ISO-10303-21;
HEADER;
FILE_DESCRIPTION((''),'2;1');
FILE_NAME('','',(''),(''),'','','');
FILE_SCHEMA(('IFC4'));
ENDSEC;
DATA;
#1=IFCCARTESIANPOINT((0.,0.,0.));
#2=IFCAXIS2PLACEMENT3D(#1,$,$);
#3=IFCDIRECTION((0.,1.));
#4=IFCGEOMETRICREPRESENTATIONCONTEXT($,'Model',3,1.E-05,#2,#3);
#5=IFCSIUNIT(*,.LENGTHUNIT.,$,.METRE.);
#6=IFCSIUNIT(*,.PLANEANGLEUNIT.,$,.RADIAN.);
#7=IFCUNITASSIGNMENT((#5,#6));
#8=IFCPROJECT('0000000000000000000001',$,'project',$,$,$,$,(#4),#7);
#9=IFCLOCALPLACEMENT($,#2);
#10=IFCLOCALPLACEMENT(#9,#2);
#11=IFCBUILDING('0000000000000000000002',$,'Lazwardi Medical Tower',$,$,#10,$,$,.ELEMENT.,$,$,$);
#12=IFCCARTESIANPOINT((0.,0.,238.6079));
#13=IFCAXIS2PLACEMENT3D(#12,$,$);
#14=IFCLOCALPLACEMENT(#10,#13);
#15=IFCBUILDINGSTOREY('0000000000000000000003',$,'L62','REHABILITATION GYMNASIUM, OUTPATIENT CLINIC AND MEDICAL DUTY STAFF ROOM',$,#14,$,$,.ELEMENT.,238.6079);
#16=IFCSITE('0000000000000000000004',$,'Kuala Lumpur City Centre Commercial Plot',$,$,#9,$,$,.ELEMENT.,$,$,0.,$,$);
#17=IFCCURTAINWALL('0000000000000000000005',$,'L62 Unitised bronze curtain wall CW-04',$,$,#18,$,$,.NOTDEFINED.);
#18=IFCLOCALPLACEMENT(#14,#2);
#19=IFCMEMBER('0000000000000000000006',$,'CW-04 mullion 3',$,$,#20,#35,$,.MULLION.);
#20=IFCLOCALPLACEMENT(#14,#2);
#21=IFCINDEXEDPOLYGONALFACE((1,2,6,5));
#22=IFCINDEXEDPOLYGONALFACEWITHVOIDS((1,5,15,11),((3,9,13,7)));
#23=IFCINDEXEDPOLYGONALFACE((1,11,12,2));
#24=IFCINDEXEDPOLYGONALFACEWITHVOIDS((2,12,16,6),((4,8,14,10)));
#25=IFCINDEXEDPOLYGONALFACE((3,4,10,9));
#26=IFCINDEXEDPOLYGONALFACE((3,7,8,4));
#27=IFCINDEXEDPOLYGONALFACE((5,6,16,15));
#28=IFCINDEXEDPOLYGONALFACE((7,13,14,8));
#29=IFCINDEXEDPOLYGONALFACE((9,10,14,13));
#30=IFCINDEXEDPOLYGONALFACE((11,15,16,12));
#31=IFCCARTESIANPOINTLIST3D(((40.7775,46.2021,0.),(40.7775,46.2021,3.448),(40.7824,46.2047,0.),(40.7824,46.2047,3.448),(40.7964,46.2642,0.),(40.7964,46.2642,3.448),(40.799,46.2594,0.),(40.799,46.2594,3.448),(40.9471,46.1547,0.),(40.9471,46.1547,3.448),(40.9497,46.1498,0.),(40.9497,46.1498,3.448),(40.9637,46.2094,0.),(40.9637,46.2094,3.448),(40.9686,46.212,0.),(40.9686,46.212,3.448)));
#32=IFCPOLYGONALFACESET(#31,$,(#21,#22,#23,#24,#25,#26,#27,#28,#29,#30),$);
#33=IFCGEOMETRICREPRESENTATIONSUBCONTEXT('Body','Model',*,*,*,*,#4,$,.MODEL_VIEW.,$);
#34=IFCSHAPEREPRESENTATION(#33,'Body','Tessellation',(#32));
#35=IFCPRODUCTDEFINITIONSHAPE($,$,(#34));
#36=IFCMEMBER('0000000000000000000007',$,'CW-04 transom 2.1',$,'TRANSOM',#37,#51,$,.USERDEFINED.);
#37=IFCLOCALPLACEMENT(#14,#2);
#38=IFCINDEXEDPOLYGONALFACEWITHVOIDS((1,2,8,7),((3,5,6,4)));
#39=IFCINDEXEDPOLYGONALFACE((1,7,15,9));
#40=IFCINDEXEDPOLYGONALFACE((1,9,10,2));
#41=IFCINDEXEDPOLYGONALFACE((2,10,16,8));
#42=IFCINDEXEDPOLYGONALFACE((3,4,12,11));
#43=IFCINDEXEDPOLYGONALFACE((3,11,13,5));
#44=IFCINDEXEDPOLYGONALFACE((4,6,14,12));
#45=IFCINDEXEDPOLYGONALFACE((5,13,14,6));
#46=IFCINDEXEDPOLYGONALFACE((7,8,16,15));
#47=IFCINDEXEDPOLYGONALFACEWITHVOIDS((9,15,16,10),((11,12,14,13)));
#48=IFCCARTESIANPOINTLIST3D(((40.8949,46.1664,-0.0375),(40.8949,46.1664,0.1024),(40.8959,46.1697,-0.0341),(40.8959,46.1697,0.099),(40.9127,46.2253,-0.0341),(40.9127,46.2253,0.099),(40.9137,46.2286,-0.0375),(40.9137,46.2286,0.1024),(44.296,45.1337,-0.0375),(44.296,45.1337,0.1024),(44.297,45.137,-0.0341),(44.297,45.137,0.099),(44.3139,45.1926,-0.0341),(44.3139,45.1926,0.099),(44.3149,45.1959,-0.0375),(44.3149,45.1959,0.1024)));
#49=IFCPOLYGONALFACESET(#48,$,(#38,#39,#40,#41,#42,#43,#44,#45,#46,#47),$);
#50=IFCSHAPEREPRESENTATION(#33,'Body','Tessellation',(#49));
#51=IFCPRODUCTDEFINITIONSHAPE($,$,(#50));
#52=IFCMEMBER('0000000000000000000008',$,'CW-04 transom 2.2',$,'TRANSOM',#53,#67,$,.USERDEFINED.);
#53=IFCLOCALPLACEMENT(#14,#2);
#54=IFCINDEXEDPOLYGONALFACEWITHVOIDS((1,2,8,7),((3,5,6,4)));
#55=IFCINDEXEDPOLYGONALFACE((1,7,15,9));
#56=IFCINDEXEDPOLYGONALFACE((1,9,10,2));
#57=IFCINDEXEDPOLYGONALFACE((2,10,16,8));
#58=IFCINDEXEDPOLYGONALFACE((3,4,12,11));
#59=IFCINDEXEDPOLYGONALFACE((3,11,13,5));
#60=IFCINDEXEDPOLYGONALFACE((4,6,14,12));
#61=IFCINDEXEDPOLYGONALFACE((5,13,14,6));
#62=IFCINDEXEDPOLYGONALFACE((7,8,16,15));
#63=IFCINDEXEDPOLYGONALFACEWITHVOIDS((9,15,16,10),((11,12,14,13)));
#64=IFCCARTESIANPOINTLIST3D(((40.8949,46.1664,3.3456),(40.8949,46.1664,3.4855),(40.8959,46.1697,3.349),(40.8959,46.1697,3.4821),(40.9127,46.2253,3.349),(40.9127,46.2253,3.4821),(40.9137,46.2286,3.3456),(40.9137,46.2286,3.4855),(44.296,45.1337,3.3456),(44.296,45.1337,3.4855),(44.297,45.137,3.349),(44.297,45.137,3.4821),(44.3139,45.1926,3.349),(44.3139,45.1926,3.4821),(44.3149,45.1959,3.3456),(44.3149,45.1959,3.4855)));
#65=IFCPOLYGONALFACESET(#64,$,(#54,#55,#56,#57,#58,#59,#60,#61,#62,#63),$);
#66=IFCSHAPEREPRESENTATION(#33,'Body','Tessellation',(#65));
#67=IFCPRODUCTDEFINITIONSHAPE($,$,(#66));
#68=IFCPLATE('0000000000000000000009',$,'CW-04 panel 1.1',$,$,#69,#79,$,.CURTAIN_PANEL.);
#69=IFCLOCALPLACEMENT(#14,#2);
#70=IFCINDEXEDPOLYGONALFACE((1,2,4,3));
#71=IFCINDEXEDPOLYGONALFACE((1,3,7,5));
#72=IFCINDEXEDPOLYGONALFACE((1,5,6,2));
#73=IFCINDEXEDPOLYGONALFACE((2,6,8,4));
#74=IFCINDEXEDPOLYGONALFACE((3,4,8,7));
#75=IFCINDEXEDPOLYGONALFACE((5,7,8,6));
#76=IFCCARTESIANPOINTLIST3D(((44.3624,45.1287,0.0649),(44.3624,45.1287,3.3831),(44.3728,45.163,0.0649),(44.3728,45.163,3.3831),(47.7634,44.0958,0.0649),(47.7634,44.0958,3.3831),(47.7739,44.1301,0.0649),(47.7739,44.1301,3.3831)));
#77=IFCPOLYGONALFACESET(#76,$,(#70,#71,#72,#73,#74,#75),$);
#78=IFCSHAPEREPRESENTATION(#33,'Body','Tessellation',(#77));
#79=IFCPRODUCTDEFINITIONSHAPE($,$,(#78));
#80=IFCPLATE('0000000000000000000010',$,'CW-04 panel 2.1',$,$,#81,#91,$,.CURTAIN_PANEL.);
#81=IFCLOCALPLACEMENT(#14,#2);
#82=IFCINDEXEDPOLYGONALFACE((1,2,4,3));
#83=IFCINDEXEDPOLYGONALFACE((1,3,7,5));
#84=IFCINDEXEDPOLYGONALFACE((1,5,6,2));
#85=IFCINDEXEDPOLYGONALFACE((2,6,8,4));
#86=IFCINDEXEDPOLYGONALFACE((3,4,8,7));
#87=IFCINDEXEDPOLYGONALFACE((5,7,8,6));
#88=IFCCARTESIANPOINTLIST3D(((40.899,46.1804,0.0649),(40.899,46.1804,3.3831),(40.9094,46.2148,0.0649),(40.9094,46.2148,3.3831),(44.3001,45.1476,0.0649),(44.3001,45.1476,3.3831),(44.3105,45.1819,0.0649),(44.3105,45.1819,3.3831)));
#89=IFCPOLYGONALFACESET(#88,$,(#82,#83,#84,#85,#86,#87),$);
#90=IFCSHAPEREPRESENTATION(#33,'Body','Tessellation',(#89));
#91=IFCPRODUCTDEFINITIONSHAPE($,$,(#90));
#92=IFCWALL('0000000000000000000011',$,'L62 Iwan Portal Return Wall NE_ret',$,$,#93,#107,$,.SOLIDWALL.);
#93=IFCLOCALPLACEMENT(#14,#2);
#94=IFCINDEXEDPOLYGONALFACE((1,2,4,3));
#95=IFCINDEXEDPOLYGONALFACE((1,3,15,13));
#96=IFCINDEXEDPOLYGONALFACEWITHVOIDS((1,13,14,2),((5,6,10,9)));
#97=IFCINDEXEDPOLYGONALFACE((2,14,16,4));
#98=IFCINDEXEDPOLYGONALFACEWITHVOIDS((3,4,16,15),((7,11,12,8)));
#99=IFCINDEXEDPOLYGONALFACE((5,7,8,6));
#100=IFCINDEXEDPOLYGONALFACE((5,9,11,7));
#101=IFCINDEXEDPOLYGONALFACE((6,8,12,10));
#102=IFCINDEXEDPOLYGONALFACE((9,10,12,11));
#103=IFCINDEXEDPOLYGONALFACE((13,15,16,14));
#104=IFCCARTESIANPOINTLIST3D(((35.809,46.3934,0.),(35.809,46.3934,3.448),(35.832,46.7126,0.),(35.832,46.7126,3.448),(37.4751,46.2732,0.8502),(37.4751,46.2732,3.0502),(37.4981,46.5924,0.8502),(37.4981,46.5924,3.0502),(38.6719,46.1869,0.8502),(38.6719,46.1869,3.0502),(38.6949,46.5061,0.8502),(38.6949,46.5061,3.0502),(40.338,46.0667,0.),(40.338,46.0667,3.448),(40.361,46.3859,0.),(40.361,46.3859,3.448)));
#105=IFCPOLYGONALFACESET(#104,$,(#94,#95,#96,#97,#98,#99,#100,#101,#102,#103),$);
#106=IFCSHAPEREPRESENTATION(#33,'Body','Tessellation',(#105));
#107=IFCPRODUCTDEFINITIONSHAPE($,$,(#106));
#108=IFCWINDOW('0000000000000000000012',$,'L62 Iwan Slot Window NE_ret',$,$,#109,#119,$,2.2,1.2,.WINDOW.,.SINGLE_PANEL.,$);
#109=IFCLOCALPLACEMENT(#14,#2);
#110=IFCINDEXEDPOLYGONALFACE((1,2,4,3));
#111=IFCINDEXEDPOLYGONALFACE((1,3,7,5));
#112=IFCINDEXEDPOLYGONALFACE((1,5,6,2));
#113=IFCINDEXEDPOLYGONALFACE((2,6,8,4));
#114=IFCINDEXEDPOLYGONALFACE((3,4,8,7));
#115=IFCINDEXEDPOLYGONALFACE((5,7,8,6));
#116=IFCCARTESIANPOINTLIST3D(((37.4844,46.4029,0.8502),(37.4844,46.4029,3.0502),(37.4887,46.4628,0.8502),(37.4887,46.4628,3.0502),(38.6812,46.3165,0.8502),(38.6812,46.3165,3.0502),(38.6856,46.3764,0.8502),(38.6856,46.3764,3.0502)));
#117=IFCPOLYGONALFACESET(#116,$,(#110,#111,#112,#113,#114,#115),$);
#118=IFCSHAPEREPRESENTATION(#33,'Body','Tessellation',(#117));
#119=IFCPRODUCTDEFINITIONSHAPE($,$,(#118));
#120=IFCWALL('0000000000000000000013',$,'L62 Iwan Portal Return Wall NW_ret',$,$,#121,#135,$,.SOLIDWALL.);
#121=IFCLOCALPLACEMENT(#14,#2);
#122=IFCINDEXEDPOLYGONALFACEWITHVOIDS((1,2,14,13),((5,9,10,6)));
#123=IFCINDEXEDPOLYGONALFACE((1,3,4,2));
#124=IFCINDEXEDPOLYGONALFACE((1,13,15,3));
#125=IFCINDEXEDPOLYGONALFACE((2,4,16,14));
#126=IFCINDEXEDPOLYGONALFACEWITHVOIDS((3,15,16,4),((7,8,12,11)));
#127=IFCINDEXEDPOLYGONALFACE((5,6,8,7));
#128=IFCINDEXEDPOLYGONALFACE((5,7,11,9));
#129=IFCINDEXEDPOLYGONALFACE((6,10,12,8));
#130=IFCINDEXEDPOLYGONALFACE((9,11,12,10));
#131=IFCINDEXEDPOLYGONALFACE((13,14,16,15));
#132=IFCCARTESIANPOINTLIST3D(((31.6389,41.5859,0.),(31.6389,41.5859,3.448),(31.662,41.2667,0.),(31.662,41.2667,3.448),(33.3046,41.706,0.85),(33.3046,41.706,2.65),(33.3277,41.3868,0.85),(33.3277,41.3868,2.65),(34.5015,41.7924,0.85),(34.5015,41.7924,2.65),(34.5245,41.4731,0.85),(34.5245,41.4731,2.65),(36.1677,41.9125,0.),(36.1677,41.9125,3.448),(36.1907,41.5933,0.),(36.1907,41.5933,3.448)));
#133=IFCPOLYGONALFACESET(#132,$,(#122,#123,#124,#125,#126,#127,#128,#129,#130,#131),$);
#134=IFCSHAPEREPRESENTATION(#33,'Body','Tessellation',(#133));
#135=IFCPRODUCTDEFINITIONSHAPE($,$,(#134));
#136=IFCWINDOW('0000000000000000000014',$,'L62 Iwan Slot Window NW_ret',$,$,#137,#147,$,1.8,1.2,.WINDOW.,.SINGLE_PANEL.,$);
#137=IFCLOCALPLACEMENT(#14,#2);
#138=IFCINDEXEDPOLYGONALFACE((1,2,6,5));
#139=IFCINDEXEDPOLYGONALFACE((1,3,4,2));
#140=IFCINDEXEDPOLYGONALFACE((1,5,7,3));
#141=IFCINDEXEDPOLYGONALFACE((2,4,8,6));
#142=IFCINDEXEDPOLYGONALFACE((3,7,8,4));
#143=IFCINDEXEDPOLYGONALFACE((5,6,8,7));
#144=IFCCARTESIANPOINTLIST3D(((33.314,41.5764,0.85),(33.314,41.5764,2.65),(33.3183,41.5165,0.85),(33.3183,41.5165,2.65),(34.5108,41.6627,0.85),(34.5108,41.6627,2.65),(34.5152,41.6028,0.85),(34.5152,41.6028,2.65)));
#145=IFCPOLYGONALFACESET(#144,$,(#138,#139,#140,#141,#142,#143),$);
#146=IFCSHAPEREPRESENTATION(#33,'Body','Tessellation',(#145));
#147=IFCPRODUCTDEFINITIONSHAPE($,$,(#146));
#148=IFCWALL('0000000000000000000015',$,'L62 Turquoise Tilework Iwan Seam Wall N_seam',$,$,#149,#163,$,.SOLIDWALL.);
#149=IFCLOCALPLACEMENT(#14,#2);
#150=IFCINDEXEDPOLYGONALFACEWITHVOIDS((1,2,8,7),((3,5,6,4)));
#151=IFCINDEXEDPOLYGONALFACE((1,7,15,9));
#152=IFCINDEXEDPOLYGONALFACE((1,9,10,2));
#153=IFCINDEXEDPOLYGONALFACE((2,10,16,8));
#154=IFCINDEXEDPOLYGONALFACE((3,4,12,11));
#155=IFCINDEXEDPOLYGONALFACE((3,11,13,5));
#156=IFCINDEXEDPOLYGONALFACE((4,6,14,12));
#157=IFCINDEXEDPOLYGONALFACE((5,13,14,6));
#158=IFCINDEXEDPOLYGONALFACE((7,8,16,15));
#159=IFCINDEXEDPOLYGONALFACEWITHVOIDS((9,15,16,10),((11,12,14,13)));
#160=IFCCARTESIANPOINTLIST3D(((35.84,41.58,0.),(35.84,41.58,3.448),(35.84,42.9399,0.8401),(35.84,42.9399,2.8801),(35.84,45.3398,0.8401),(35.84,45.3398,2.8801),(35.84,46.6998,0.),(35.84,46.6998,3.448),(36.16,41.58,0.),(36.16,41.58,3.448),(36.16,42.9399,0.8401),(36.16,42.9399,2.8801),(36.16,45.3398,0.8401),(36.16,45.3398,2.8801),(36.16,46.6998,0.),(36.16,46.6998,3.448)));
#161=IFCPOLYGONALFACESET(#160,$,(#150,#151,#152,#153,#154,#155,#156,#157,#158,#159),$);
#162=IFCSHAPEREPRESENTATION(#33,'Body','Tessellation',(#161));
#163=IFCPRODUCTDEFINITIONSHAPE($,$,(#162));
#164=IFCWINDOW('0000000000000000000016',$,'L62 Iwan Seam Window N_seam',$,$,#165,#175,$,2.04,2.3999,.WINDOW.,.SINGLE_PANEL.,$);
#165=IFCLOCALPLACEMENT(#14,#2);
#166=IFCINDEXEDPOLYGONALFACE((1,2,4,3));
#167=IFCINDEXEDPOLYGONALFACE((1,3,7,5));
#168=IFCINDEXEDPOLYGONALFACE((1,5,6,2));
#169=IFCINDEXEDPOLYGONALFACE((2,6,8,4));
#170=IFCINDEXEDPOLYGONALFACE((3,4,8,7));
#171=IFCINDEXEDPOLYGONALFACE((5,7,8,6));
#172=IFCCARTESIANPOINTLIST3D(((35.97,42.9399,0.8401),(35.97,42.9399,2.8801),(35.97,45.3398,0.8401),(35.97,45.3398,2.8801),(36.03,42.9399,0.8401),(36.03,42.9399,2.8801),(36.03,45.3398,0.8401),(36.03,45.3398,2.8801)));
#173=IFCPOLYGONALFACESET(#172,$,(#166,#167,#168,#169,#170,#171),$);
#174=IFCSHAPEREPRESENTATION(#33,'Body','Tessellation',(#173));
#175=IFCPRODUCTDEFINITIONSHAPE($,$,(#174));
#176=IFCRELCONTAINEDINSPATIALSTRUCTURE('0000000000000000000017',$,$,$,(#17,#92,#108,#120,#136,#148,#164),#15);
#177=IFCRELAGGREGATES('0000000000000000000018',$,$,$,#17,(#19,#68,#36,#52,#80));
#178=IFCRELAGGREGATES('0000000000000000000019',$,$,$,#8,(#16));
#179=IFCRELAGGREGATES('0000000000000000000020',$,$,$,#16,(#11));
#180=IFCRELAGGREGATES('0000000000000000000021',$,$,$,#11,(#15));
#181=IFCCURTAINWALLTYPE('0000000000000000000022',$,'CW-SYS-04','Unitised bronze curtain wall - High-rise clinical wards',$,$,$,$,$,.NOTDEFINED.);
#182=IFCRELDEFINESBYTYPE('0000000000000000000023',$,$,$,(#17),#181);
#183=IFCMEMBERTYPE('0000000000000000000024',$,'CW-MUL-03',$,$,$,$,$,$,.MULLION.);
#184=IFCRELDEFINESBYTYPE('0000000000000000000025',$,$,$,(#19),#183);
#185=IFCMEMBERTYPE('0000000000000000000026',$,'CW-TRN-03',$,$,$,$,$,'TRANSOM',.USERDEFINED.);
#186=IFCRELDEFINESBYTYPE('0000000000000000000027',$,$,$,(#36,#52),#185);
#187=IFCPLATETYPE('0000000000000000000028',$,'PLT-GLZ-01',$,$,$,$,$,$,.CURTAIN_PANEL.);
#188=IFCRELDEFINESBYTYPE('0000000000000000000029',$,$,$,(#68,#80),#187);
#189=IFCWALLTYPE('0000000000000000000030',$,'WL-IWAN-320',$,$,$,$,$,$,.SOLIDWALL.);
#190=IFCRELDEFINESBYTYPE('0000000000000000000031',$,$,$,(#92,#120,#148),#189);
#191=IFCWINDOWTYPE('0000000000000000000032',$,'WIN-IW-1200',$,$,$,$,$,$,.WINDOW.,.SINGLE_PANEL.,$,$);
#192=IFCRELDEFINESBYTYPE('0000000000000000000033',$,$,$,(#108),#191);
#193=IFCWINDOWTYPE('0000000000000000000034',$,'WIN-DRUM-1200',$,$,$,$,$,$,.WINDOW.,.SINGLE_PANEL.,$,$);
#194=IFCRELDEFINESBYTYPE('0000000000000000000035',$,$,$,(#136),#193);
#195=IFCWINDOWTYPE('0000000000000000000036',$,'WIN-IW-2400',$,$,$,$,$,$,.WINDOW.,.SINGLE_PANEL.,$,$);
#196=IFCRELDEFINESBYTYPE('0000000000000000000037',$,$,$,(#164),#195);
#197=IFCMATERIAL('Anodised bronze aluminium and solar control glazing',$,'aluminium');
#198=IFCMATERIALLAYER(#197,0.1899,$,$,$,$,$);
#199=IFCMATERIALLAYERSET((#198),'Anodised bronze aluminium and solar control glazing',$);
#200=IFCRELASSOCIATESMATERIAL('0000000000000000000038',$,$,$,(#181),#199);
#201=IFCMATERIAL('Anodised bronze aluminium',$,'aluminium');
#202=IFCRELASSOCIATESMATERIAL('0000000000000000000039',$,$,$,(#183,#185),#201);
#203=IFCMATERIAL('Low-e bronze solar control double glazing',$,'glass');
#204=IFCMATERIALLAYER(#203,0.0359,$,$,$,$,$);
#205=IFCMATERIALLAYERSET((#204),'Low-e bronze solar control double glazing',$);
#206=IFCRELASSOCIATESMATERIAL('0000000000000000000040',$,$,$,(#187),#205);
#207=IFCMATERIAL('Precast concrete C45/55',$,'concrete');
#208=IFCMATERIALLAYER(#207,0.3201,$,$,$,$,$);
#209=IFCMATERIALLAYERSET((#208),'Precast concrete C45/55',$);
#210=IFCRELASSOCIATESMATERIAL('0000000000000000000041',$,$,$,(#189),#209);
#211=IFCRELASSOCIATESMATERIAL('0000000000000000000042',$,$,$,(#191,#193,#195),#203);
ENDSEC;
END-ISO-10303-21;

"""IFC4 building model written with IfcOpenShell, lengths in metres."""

from ifc_helpers import new_model, si_unit, direction, frame, frame_2d, origin, origin_2d, place, context, subcontext, project, spatial, rectangle, hollow_rectangle, extrude, material, layer, layer_set, material_profile, profile_set, type_object, element, fill, aggregate, save


model = new_model("IFC4")

# Units and contexts
model_context = context("Model", 3, precision=1e-05, world=origin(), true_north=direction((0.0, 1.0)))
body_context = subcontext(model_context, "Body", "Model", "MODEL_VIEW")
ifc_project = project(units=[si_unit("LENGTHUNIT", "METRE"), si_unit("PLANEANGLEUNIT", "RADIAN")], contexts=[model_context])

# Site, building, storey
site_placement = place(None, origin())
site = spatial("IfcSite", under=ifc_project, at=site_placement, Name="Kuala Lumpur City Centre Commercial Plot", CompositionType="ELEMENT", RefElevation=0.0)
building_placement = place(site_placement, origin())
building = spatial("IfcBuilding", under=site, at=building_placement, Name="Lazwardi Medical Tower", CompositionType="ELEMENT")
storey_placement = place(building_placement, frame((0.0, 0.0, 238.6079)))
storey = spatial("IfcBuildingStorey", under=building, at=storey_placement, Name="L62", Description="REHABILITATION GYMNASIUM, OUTPATIENT CLINIC AND MEDICAL DUTY STAFF ROOM", CompositionType="ELEMENT", Elevation=238.6079)

# Curtain wall, members, plates
ifc_material_1 = material(Name="Anodised bronze aluminium and solar control glazing", Category="aluminium")
ifc_layer_1 = layer(ifc_material_1, 0.1899)
ifc_layer_set_1 = layer_set([ifc_layer_1], Name="Anodised bronze aluminium and solar control glazing")
curtain_wall_type = type_object("IfcCurtainWallType", Name="CW-SYS-04", Description="Unitised bronze curtain wall - High-rise clinical wards", PredefinedType="NOTDEFINED", material=ifc_layer_set_1)
curtain_wall_placement = place(storey_placement, origin())
curtain_wall = element("IfcCurtainWall", 1, at=curtain_wall_placement, inside=storey, type_object=curtain_wall_type, Name="L62 Unitised bronze curtain wall CW-04", PredefinedType="NOTDEFINED")
ifc_material_2 = material(Name="Anodised bronze aluminium", Category="aluminium")
ifc_material_profile_1 = material_profile(ifc_material_2, hollow_rectangle(XDim=0.0649, YDim=0.1799, WallThickness=0.0039, at=origin_2d()), Name="ALU-MULLION 180x65x4")
ifc_profile_set_1 = profile_set([ifc_material_profile_1], Name="Anodised bronze aluminium")
member_type_1 = type_object("IfcMemberType", Name="CW-MUL-03", PredefinedType="MULLION", material=ifc_profile_set_1)
member_1_placement = place(storey_placement, frame((40.873, 46.207, 0.0), z_axis=(0.0, 0.0, 1.0), x_axis=(-0.290582, -0.95685, 0.0)))
member_1 = element("IfcMember", 2, at=member_1_placement, type_object=member_type_1, Name="CW-04 mullion 3", PredefinedType="MULLION", context=body_context, shape_type="SweptSolid", body=[
    extrude(hollow_rectangle(XDim=0.0649, YDim=0.1799, WallThickness=0.0039, at=origin_2d()), origin(), (0.0, 0.0, 1.0), 3.448),
])
ifc_material_profile_2 = material_profile(ifc_material_2, hollow_rectangle(XDim=0.0649, YDim=0.1399, WallThickness=0.0034, at=origin_2d()), Name="ALU-TRANSOM 140x65x3.5")
ifc_profile_set_2 = profile_set([ifc_material_profile_2], Name="Anodised bronze aluminium")
member_type_2 = type_object("IfcMemberType", Name="CW-TRN-03", ElementType="TRANSOM", PredefinedType="USERDEFINED", material=ifc_profile_set_2)
member_2_placement = place(storey_placement, frame((44.3054, 45.1648, 0.0325), z_axis=(-0.956863, 0.290541, 0.0), x_axis=(-0.290541, -0.956863, 0.0)))
member_2 = element("IfcMember", 3, at=member_2_placement, type_object=member_type_2, Name="CW-04 transom 2.1", ObjectType="TRANSOM", PredefinedType="USERDEFINED", context=body_context, shape_type="SweptSolid", body=[
    extrude(hollow_rectangle(XDim=0.0649, YDim=0.1399, WallThickness=0.0034, at=origin_2d()), origin(), (0.0, 0.0, 1.0), 3.5544),
])
member_3_placement = place(storey_placement, frame((44.3054, 45.1648, 3.4155), z_axis=(-0.956863, 0.290541, 0.0), x_axis=(-0.290541, -0.956863, 0.0)))
member_3 = element("IfcMember", 4, at=member_3_placement, type_object=member_type_2, Name="CW-04 transom 2.2", ObjectType="TRANSOM", PredefinedType="USERDEFINED", context=body_context, shape_type="SweptSolid", body=[
    extrude(hollow_rectangle(XDim=0.0649, YDim=0.1399, WallThickness=0.0034, at=origin_2d()), origin(), (0.0, 0.0, 1.0), 3.5544),
])
ifc_material_3 = material(Name="Low-e bronze solar control double glazing", Category="glass")
ifc_layer_2 = layer(ifc_material_3, 0.0359)
ifc_layer_set_2 = layer_set([ifc_layer_2], Name="Low-e bronze solar control double glazing")
plate_type = type_object("IfcPlateType", Name="PLT-GLZ-01", PredefinedType="CURTAIN_PANEL", material=ifc_layer_set_2)
plate_1_placement = place(storey_placement, frame((46.0681, 44.6294, 0.0649), z_axis=(0.0, 0.0, 1.0), x_axis=(-0.95685, 0.290582, 0.0)))
plate_1 = element("IfcPlate", 5, at=plate_1_placement, type_object=plate_type, Name="CW-04 panel 1.1", PredefinedType="CURTAIN_PANEL", context=body_context, shape_type="SweptSolid", body=[
    extrude(rectangle(XDim=3.5544, YDim=0.0359, at=origin_2d()), origin(), (0.0, 0.0, 1.0), 3.3181),
])
plate_2_placement = place(storey_placement, frame((42.6047, 45.6812, 0.0649), z_axis=(0.0, 0.0, 1.0), x_axis=(-0.95685, 0.290582, 0.0)))
plate_2 = element("IfcPlate", 6, at=plate_2_placement, type_object=plate_type, Name="CW-04 panel 2.1", PredefinedType="CURTAIN_PANEL", context=body_context, shape_type="SweptSolid", body=[
    extrude(rectangle(XDim=3.5544, YDim=0.0359, at=origin_2d()), origin(), (0.0, 0.0, 1.0), 3.3181),
])
aggregate(curtain_wall, [member_1, plate_1, member_2, member_3, plate_2])

# Walls, openings, windows
ifc_material_4 = material(Name="Precast concrete C45/55", Category="concrete")
ifc_layer_3 = layer(ifc_material_4, 0.3201)
ifc_layer_set_3 = layer_set([ifc_layer_3], Name="Precast concrete C45/55")
wall_type = type_object("IfcWallType", Name="WL-IWAN-320", PredefinedType="SOLIDWALL", material=ifc_layer_set_3)
wall_1_placement = place(storey_placement, frame((40.3496, 46.2263, 0.0), z_axis=(0.0, 0.0, 1.0), x_axis=(-0.997409, 0.071939, 0.0)))
wall_1 = element("IfcWall", 7, at=wall_1_placement, inside=storey, type_object=wall_type, Name="L62 Iwan Portal Return Wall NE_ret", PredefinedType="SOLIDWALL", context=body_context, shape_type="SweptSolid", body=[
    extrude(rectangle(XDim=4.5408, YDim=0.3201, at=frame_2d((2.2705, 0.0))), origin(), (0.0, 0.0, 1.0), 3.448),
])
opening_1_placement = place(wall_1_placement, frame((1.6704, 0.0, 0.8501)))
opening_1 = element("IfcOpeningElement", 8, at=opening_1_placement, cuts=wall_1, PredefinedType="OPENING", context=body_context, shape_type="SweptSolid", body=[
    extrude(rectangle(XDim=1.2, YDim=2.2, at=frame_2d((0.6001, 1.1001))), frame((0.0, 0.1699, 0.0), z_axis=(0.0, -1.0, 0.0), x_axis=(1.0, 0.0, 0.0)), (0.0, 0.0, 1.0), 0.3401),
])
window_type_1 = type_object("IfcWindowType", Name="WIN-IW-1200", PartitioningType="SINGLE_PANEL", PredefinedType="WINDOW", material=ifc_material_3)
window_1_placement = place(opening_1_placement, origin())
window_1 = element("IfcWindow", 9, at=window_1_placement, inside=storey, type_object=window_type_1, Name="L62 Iwan Slot Window NE_ret", OverallHeight=2.2, OverallWidth=1.2, PartitioningType="SINGLE_PANEL", PredefinedType="WINDOW", context=body_context, shape_type="SweptSolid", body=[
    extrude(rectangle(XDim=1.2, YDim=2.2, at=frame_2d((0.6001, 1.1001))), frame((0.0, 0.03, 0.0), z_axis=(0.0, -1.0, 0.0), x_axis=(1.0, 0.0, 0.0)), (0.0, 0.0, 1.0), 0.0601),
])
fill(opening_1, window_1)
wall_2_placement = place(storey_placement, frame((36.1792, 41.7529, 0.0), z_axis=(0.0, 0.0, 1.0), x_axis=(-0.997409, -0.071942, 0.0)))
wall_2 = element("IfcWall", 10, at=wall_2_placement, inside=storey, type_object=wall_type, Name="L62 Iwan Portal Return Wall NW_ret", PredefinedType="SOLIDWALL", context=body_context, shape_type="SweptSolid", body=[
    extrude(rectangle(XDim=4.5405, YDim=0.3201, at=frame_2d((2.2703, 0.0))), origin(), (0.0, 0.0, 1.0), 3.448),
])
opening_2_placement = place(wall_2_placement, frame((1.6704, 0.0, 0.8501)))
opening_2 = element("IfcOpeningElement", 11, at=opening_2_placement, cuts=wall_2, PredefinedType="OPENING", context=body_context, shape_type="SweptSolid", body=[
    extrude(rectangle(XDim=1.2, YDim=1.8, at=frame_2d((0.6001, 0.8999))), frame((0.0, 0.1699, 0.0), z_axis=(0.0, -1.0, 0.0), x_axis=(1.0, 0.0, 0.0)), (0.0, 0.0, 1.0), 0.3401),
])
window_type_2 = type_object("IfcWindowType", Name="WIN-DRUM-1200", PartitioningType="SINGLE_PANEL", PredefinedType="WINDOW", material=ifc_material_3)
window_2_placement = place(opening_2_placement, origin())
window_2 = element("IfcWindow", 12, at=window_2_placement, inside=storey, type_object=window_type_2, Name="L62 Iwan Slot Window NW_ret", OverallHeight=1.8, OverallWidth=1.2, PartitioningType="SINGLE_PANEL", PredefinedType="WINDOW", context=body_context, shape_type="SweptSolid", body=[
    extrude(rectangle(XDim=1.2, YDim=1.8, at=frame_2d((0.6001, 0.8999))), frame((0.0, 0.03, 0.0), z_axis=(0.0, -1.0, 0.0), x_axis=(1.0, 0.0, 0.0)), (0.0, 0.0, 1.0), 0.0601),
])
fill(opening_2, window_2)
wall_3_placement = place(storey_placement, frame((36.0, 46.7, 0.0), z_axis=(0.0, 0.0, 1.0), x_axis=(0.0, -1.0, 0.0)))
wall_3 = element("IfcWall", 13, at=wall_3_placement, inside=storey, type_object=wall_type, Name="L62 Turquoise Tilework Iwan Seam Wall N_seam", PredefinedType="SOLIDWALL", context=body_context, shape_type="SweptSolid", body=[
    extrude(rectangle(XDim=5.1199, YDim=0.3201, at=frame_2d((2.5601, 0.0))), origin(), (0.0, 0.0, 1.0), 3.448),
])
opening_3_placement = place(wall_3_placement, frame((1.3601, 0.0, 0.8401)))
opening_3 = element("IfcOpeningElement", 14, at=opening_3_placement, cuts=wall_3, PredefinedType="OPENING", context=body_context, shape_type="SweptSolid", body=[
    extrude(rectangle(XDim=2.3999, YDim=2.04, at=frame_2d((1.2, 1.02))), frame((0.0, 0.1699, 0.0), z_axis=(0.0, -1.0, 0.0), x_axis=(1.0, 0.0, 0.0)), (0.0, 0.0, 1.0), 0.3401),
])
window_type_3 = type_object("IfcWindowType", Name="WIN-IW-2400", PartitioningType="SINGLE_PANEL", PredefinedType="WINDOW", material=ifc_material_3)
window_3_placement = place(opening_3_placement, origin())
window_3 = element("IfcWindow", 15, at=window_3_placement, inside=storey, type_object=window_type_3, Name="L62 Iwan Seam Window N_seam", OverallHeight=2.04, OverallWidth=2.3999, PartitioningType="SINGLE_PANEL", PredefinedType="WINDOW", context=body_context, shape_type="SweptSolid", body=[
    extrude(rectangle(XDim=2.3999, YDim=2.04, at=frame_2d((1.2, 1.02))), frame((0.0, 0.03, 0.0), z_axis=(0.0, -1.0, 0.0), x_axis=(1.0, 0.0, 0.0)), (0.0, 0.0, 1.0), 0.0601),
])
fill(opening_3, window_3)

save(model, "model.ifc")
